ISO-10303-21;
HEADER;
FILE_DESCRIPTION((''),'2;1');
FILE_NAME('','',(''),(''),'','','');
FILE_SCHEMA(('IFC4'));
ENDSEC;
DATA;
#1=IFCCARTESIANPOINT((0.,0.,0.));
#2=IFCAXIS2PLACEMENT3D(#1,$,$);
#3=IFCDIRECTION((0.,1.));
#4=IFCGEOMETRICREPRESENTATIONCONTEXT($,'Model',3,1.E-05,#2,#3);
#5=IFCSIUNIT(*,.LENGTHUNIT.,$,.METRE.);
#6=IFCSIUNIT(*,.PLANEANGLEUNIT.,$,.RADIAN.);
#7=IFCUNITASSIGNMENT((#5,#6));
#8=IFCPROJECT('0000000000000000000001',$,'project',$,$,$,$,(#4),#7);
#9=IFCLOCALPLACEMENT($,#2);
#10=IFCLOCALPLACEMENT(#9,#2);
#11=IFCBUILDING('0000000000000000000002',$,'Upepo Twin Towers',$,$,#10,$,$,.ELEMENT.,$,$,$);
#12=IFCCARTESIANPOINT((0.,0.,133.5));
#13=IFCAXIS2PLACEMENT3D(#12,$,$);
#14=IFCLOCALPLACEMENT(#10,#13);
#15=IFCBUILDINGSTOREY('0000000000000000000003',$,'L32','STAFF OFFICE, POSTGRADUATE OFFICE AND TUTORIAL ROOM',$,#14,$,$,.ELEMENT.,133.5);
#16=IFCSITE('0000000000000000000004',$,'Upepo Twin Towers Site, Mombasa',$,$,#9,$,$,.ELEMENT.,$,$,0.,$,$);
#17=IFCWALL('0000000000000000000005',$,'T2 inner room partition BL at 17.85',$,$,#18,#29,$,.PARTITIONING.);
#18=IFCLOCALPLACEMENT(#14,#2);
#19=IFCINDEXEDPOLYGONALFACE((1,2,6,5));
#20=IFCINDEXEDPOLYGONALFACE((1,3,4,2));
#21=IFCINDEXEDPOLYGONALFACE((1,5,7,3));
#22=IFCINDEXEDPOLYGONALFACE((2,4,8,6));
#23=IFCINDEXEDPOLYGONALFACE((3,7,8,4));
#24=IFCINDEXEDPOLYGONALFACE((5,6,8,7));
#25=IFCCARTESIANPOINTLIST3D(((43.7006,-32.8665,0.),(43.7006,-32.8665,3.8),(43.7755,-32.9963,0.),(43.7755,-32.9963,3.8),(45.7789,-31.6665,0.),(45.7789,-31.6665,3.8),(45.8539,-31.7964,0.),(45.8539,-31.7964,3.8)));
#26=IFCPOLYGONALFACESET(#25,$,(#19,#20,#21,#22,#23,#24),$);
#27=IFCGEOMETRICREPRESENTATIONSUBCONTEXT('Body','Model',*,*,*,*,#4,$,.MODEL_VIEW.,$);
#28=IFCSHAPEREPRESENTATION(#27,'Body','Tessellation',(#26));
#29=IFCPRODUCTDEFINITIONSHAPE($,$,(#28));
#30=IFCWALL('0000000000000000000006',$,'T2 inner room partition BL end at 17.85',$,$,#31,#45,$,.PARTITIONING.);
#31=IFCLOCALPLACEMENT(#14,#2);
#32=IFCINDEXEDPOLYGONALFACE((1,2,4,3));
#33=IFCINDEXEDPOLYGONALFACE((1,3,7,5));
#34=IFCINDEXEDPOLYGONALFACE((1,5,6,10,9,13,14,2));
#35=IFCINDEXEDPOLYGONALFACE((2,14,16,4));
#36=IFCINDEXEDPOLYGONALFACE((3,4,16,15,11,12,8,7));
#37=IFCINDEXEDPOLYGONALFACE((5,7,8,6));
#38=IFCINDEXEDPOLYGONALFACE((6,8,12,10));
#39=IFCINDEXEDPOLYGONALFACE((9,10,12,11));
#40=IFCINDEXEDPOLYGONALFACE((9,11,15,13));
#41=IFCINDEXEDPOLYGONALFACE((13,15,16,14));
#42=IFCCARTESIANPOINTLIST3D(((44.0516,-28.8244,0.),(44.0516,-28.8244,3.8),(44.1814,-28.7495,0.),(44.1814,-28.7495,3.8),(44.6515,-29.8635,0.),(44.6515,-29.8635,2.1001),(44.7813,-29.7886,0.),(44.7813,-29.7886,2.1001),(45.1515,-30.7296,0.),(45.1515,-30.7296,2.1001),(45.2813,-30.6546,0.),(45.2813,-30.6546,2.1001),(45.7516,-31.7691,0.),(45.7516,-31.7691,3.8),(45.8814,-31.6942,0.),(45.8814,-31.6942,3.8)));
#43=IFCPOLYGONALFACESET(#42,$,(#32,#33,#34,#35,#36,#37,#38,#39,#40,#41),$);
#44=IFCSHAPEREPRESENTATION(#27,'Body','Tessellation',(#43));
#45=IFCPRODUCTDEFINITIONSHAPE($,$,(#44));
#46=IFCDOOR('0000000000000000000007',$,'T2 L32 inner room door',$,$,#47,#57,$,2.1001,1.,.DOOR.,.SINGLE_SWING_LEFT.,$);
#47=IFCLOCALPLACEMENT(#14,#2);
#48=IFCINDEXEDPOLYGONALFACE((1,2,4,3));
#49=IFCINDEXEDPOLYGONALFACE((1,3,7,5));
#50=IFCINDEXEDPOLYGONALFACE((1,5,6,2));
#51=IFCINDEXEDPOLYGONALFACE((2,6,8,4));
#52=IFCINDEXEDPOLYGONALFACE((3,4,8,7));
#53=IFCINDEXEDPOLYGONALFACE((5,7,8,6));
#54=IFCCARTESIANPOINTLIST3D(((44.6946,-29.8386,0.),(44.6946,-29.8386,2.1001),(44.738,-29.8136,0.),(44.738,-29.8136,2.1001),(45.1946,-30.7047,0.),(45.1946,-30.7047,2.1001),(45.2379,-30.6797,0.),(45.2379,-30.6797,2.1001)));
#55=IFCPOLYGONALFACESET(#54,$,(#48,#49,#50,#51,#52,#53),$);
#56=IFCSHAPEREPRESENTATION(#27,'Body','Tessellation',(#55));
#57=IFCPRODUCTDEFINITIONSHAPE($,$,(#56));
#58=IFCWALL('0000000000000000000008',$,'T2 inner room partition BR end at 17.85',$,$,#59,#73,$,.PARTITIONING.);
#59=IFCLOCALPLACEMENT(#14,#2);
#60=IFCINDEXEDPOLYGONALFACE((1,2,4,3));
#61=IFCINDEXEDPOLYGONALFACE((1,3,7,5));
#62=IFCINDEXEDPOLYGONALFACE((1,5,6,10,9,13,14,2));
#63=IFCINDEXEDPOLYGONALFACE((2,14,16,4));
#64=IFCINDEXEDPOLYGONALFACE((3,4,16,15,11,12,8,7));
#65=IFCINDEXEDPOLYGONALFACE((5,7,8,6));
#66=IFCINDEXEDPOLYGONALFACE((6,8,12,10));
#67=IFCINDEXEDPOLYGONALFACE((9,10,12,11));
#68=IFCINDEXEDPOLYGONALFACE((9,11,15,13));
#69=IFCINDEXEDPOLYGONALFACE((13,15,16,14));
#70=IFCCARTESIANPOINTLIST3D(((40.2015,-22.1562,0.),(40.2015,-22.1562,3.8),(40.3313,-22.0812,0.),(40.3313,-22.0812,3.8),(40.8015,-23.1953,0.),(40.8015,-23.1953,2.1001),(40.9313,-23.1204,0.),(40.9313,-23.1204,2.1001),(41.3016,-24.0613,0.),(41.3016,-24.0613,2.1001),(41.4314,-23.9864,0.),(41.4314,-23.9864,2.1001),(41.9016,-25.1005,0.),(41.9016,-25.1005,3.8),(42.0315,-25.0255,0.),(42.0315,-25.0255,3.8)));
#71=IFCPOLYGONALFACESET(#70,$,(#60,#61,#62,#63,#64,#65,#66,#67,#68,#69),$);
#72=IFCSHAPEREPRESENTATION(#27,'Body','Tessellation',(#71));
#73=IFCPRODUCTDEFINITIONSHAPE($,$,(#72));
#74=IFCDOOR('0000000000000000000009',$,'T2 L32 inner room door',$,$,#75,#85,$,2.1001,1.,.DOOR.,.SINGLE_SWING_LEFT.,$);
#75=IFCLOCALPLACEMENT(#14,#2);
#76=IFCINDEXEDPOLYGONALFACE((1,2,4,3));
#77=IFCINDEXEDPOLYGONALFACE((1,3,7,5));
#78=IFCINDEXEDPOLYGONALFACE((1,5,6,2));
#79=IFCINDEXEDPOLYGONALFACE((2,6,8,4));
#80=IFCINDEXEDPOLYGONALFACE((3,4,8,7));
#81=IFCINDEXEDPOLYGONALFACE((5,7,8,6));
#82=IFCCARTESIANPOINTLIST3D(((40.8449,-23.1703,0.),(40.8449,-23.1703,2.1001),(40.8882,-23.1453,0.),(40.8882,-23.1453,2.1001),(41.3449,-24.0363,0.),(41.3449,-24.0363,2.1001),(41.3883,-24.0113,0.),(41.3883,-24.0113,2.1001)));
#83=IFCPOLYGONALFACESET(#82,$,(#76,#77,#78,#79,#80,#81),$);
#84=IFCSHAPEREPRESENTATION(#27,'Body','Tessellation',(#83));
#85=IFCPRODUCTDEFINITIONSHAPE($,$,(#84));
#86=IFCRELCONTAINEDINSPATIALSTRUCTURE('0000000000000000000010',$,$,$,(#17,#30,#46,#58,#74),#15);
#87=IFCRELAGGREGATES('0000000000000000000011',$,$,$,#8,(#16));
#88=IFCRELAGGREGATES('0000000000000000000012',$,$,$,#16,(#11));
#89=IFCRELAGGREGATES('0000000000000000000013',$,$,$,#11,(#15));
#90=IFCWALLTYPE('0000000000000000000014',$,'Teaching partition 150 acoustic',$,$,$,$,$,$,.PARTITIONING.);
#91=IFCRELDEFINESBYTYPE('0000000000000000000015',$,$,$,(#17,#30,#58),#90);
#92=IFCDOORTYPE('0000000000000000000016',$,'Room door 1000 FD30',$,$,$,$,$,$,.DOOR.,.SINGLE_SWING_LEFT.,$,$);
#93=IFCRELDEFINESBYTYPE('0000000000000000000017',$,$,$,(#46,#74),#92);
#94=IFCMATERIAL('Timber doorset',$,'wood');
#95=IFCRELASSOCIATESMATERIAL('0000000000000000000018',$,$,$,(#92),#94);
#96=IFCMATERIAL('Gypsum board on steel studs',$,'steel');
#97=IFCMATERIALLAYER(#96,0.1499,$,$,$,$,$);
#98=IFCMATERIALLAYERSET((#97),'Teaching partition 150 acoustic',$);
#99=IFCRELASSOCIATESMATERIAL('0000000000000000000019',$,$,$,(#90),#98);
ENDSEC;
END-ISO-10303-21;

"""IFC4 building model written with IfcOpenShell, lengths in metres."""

from ifc_helpers import new_model, si_unit, direction, frame, frame_2d, origin, place, context, subcontext, project, spatial, rectangle, extrude, material, layer, layer_set, type_object, element, fill, save


model = new_model("IFC4")

# Units and contexts
model_context = context("Model", 3, precision=1e-05, world=origin(), true_north=direction((0.0, 1.0)))
body_context = subcontext(model_context, "Body", "Model", "MODEL_VIEW")
ifc_project = project(units=[si_unit("LENGTHUNIT", "METRE"), si_unit("PLANEANGLEUNIT", "RADIAN")], contexts=[model_context])

# Site, building, storey
site_placement = place(None, origin())
site = spatial("IfcSite", under=ifc_project, at=site_placement, Name="Upepo Twin Towers Site, Mombasa", CompositionType="ELEMENT", RefElevation=0.0)
building_placement = place(site_placement, origin())
building = spatial("IfcBuilding", under=site, at=building_placement, Name="Upepo Twin Towers", CompositionType="ELEMENT")
storey_placement = place(building_placement, frame((0.0, 0.0, 133.5)))
storey = spatial("IfcBuildingStorey", under=building, at=storey_placement, Name="L32", Description="STAFF OFFICE, POSTGRADUATE OFFICE AND TUTORIAL ROOM", CompositionType="ELEMENT", Elevation=133.5)

# Shared definitions
ifc_material_1 = material(Name="Timber doorset", Category="wood")
door_type = type_object("IfcDoorType", Name="Room door 1000 FD30", OperationType="SINGLE_SWING_LEFT", PredefinedType="DOOR", material=ifc_material_1)

# Wall
ifc_material_2 = material(Name="Gypsum board on steel studs", Category="steel")
ifc_layer_1 = layer(ifc_material_2, 0.1499)
ifc_layer_set_1 = layer_set([ifc_layer_1], Name="Teaching partition 150 acoustic")
wall_type_1 = type_object("IfcWallType", Name="Teaching partition 150 acoustic", PredefinedType="PARTITIONING", material=ifc_layer_set_1)
wall_1_placement = place(storey_placement, frame((45.8164, -31.7314, 0.0), z_axis=(0.0, 0.0, 1.0), x_axis=(-0.866025, -0.500001, 0.0)))
element("IfcWall", 1, at=wall_1_placement, inside=storey, type_object=wall_type_1, Name="T2 inner room partition BL at 17.85", PredefinedType="PARTITIONING", context=body_context, shape_type="SweptSolid", body=[
    extrude(rectangle(XDim=2.3999, YDim=0.1499, at=frame_2d((1.2, 0.0))), origin(), (0.0, 0.0, 1.0), 3.8),
])

# Walls, openings, doors
wall_2_placement = place(storey_placement, frame((44.1165, -28.7869, 0.0), z_axis=(0.0, 0.0, 1.0), x_axis=(0.499977, -0.866039, 0.0)))
wall_2 = element("IfcWall", 2, at=wall_2_placement, inside=storey, type_object=wall_type_1, Name="T2 inner room partition BL end at 17.85", PredefinedType="PARTITIONING", context=body_context, shape_type="SweptSolid", body=[
    extrude(rectangle(XDim=3.4001, YDim=0.1499, at=frame_2d((1.7002, 0.0))), origin(), (0.0, 0.0, 1.0), 3.8),
])
opening_1_placement = place(wall_2_placement, frame((1.2, 0.0, 0.0)))
opening_1 = element("IfcOpeningElement", 3, at=opening_1_placement, cuts=wall_2, PredefinedType="OPENING", context=body_context, shape_type="SweptSolid", body=[
    extrude(rectangle(XDim=1.0, YDim=2.1001, at=frame_2d((0.5, 1.05))), frame((0.0, 0.085, 0.0), z_axis=(0.0, -1.0, 0.0), x_axis=(1.0, 0.0, 0.0)), (0.0, 0.0, 1.0), 0.1699),
])
door_1_placement = place(opening_1_placement, origin())
door_1 = element("IfcDoor", 4, at=door_1_placement, inside=storey, type_object=door_type, Name="T2 L32 inner room door", OperationType="SINGLE_SWING_LEFT", OverallHeight=2.1001, OverallWidth=1.0, PredefinedType="DOOR", context=body_context, shape_type="SweptSolid", body=[
    extrude(rectangle(XDim=1.0, YDim=2.1001, at=frame_2d((0.5, 1.05))), frame((0.0, 0.0249, 0.0), z_axis=(0.0, -1.0, 0.0), x_axis=(1.0, 0.0, 0.0)), (0.0, 0.0, 1.0), 0.05),
])
fill(opening_1, door_1)
wall_3_placement = place(storey_placement, frame((41.9666, -25.063, 0.0), z_axis=(0.0, 0.0, 1.0), x_axis=(-0.500062, 0.865989, 0.0)))
wall_3 = element("IfcWall", 5, at=wall_3_placement, inside=storey, type_object=wall_type_1, Name="T2 inner room partition BR end at 17.85", PredefinedType="PARTITIONING", context=body_context, shape_type="SweptSolid", body=[
    extrude(rectangle(XDim=3.3999, YDim=0.1499, at=frame_2d((1.7, 0.0))), origin(), (0.0, 0.0, 1.0), 3.8),
])
opening_2_placement = place(wall_3_placement, frame((1.2, 0.0, 0.0)))
opening_2 = element("IfcOpeningElement", 6, at=opening_2_placement, cuts=wall_3, PredefinedType="OPENING", context=body_context, shape_type="SweptSolid", body=[
    extrude(rectangle(XDim=1.0, YDim=2.1001, at=frame_2d((0.5, 1.05))), frame((0.0, 0.085, 0.0), z_axis=(0.0, -1.0, 0.0), x_axis=(1.0, 0.0, 0.0)), (0.0, 0.0, 1.0), 0.1699),
])
door_2_placement = place(opening_2_placement, origin())
door_2 = element("IfcDoor", 7, at=door_2_placement, inside=storey, type_object=door_type, Name="T2 L32 inner room door", OperationType="SINGLE_SWING_LEFT", OverallHeight=2.1001, OverallWidth=1.0, PredefinedType="DOOR", context=body_context, shape_type="SweptSolid", body=[
    extrude(rectangle(XDim=1.0, YDim=2.1001, at=frame_2d((0.5, 1.05))), frame((0.0, 0.0249, 0.0), z_axis=(0.0, -1.0, 0.0), x_axis=(1.0, 0.0, 0.0)), (0.0, 0.0, 1.0), 0.05),
])
fill(opening_2, door_2)

save(model, "model.ifc")
